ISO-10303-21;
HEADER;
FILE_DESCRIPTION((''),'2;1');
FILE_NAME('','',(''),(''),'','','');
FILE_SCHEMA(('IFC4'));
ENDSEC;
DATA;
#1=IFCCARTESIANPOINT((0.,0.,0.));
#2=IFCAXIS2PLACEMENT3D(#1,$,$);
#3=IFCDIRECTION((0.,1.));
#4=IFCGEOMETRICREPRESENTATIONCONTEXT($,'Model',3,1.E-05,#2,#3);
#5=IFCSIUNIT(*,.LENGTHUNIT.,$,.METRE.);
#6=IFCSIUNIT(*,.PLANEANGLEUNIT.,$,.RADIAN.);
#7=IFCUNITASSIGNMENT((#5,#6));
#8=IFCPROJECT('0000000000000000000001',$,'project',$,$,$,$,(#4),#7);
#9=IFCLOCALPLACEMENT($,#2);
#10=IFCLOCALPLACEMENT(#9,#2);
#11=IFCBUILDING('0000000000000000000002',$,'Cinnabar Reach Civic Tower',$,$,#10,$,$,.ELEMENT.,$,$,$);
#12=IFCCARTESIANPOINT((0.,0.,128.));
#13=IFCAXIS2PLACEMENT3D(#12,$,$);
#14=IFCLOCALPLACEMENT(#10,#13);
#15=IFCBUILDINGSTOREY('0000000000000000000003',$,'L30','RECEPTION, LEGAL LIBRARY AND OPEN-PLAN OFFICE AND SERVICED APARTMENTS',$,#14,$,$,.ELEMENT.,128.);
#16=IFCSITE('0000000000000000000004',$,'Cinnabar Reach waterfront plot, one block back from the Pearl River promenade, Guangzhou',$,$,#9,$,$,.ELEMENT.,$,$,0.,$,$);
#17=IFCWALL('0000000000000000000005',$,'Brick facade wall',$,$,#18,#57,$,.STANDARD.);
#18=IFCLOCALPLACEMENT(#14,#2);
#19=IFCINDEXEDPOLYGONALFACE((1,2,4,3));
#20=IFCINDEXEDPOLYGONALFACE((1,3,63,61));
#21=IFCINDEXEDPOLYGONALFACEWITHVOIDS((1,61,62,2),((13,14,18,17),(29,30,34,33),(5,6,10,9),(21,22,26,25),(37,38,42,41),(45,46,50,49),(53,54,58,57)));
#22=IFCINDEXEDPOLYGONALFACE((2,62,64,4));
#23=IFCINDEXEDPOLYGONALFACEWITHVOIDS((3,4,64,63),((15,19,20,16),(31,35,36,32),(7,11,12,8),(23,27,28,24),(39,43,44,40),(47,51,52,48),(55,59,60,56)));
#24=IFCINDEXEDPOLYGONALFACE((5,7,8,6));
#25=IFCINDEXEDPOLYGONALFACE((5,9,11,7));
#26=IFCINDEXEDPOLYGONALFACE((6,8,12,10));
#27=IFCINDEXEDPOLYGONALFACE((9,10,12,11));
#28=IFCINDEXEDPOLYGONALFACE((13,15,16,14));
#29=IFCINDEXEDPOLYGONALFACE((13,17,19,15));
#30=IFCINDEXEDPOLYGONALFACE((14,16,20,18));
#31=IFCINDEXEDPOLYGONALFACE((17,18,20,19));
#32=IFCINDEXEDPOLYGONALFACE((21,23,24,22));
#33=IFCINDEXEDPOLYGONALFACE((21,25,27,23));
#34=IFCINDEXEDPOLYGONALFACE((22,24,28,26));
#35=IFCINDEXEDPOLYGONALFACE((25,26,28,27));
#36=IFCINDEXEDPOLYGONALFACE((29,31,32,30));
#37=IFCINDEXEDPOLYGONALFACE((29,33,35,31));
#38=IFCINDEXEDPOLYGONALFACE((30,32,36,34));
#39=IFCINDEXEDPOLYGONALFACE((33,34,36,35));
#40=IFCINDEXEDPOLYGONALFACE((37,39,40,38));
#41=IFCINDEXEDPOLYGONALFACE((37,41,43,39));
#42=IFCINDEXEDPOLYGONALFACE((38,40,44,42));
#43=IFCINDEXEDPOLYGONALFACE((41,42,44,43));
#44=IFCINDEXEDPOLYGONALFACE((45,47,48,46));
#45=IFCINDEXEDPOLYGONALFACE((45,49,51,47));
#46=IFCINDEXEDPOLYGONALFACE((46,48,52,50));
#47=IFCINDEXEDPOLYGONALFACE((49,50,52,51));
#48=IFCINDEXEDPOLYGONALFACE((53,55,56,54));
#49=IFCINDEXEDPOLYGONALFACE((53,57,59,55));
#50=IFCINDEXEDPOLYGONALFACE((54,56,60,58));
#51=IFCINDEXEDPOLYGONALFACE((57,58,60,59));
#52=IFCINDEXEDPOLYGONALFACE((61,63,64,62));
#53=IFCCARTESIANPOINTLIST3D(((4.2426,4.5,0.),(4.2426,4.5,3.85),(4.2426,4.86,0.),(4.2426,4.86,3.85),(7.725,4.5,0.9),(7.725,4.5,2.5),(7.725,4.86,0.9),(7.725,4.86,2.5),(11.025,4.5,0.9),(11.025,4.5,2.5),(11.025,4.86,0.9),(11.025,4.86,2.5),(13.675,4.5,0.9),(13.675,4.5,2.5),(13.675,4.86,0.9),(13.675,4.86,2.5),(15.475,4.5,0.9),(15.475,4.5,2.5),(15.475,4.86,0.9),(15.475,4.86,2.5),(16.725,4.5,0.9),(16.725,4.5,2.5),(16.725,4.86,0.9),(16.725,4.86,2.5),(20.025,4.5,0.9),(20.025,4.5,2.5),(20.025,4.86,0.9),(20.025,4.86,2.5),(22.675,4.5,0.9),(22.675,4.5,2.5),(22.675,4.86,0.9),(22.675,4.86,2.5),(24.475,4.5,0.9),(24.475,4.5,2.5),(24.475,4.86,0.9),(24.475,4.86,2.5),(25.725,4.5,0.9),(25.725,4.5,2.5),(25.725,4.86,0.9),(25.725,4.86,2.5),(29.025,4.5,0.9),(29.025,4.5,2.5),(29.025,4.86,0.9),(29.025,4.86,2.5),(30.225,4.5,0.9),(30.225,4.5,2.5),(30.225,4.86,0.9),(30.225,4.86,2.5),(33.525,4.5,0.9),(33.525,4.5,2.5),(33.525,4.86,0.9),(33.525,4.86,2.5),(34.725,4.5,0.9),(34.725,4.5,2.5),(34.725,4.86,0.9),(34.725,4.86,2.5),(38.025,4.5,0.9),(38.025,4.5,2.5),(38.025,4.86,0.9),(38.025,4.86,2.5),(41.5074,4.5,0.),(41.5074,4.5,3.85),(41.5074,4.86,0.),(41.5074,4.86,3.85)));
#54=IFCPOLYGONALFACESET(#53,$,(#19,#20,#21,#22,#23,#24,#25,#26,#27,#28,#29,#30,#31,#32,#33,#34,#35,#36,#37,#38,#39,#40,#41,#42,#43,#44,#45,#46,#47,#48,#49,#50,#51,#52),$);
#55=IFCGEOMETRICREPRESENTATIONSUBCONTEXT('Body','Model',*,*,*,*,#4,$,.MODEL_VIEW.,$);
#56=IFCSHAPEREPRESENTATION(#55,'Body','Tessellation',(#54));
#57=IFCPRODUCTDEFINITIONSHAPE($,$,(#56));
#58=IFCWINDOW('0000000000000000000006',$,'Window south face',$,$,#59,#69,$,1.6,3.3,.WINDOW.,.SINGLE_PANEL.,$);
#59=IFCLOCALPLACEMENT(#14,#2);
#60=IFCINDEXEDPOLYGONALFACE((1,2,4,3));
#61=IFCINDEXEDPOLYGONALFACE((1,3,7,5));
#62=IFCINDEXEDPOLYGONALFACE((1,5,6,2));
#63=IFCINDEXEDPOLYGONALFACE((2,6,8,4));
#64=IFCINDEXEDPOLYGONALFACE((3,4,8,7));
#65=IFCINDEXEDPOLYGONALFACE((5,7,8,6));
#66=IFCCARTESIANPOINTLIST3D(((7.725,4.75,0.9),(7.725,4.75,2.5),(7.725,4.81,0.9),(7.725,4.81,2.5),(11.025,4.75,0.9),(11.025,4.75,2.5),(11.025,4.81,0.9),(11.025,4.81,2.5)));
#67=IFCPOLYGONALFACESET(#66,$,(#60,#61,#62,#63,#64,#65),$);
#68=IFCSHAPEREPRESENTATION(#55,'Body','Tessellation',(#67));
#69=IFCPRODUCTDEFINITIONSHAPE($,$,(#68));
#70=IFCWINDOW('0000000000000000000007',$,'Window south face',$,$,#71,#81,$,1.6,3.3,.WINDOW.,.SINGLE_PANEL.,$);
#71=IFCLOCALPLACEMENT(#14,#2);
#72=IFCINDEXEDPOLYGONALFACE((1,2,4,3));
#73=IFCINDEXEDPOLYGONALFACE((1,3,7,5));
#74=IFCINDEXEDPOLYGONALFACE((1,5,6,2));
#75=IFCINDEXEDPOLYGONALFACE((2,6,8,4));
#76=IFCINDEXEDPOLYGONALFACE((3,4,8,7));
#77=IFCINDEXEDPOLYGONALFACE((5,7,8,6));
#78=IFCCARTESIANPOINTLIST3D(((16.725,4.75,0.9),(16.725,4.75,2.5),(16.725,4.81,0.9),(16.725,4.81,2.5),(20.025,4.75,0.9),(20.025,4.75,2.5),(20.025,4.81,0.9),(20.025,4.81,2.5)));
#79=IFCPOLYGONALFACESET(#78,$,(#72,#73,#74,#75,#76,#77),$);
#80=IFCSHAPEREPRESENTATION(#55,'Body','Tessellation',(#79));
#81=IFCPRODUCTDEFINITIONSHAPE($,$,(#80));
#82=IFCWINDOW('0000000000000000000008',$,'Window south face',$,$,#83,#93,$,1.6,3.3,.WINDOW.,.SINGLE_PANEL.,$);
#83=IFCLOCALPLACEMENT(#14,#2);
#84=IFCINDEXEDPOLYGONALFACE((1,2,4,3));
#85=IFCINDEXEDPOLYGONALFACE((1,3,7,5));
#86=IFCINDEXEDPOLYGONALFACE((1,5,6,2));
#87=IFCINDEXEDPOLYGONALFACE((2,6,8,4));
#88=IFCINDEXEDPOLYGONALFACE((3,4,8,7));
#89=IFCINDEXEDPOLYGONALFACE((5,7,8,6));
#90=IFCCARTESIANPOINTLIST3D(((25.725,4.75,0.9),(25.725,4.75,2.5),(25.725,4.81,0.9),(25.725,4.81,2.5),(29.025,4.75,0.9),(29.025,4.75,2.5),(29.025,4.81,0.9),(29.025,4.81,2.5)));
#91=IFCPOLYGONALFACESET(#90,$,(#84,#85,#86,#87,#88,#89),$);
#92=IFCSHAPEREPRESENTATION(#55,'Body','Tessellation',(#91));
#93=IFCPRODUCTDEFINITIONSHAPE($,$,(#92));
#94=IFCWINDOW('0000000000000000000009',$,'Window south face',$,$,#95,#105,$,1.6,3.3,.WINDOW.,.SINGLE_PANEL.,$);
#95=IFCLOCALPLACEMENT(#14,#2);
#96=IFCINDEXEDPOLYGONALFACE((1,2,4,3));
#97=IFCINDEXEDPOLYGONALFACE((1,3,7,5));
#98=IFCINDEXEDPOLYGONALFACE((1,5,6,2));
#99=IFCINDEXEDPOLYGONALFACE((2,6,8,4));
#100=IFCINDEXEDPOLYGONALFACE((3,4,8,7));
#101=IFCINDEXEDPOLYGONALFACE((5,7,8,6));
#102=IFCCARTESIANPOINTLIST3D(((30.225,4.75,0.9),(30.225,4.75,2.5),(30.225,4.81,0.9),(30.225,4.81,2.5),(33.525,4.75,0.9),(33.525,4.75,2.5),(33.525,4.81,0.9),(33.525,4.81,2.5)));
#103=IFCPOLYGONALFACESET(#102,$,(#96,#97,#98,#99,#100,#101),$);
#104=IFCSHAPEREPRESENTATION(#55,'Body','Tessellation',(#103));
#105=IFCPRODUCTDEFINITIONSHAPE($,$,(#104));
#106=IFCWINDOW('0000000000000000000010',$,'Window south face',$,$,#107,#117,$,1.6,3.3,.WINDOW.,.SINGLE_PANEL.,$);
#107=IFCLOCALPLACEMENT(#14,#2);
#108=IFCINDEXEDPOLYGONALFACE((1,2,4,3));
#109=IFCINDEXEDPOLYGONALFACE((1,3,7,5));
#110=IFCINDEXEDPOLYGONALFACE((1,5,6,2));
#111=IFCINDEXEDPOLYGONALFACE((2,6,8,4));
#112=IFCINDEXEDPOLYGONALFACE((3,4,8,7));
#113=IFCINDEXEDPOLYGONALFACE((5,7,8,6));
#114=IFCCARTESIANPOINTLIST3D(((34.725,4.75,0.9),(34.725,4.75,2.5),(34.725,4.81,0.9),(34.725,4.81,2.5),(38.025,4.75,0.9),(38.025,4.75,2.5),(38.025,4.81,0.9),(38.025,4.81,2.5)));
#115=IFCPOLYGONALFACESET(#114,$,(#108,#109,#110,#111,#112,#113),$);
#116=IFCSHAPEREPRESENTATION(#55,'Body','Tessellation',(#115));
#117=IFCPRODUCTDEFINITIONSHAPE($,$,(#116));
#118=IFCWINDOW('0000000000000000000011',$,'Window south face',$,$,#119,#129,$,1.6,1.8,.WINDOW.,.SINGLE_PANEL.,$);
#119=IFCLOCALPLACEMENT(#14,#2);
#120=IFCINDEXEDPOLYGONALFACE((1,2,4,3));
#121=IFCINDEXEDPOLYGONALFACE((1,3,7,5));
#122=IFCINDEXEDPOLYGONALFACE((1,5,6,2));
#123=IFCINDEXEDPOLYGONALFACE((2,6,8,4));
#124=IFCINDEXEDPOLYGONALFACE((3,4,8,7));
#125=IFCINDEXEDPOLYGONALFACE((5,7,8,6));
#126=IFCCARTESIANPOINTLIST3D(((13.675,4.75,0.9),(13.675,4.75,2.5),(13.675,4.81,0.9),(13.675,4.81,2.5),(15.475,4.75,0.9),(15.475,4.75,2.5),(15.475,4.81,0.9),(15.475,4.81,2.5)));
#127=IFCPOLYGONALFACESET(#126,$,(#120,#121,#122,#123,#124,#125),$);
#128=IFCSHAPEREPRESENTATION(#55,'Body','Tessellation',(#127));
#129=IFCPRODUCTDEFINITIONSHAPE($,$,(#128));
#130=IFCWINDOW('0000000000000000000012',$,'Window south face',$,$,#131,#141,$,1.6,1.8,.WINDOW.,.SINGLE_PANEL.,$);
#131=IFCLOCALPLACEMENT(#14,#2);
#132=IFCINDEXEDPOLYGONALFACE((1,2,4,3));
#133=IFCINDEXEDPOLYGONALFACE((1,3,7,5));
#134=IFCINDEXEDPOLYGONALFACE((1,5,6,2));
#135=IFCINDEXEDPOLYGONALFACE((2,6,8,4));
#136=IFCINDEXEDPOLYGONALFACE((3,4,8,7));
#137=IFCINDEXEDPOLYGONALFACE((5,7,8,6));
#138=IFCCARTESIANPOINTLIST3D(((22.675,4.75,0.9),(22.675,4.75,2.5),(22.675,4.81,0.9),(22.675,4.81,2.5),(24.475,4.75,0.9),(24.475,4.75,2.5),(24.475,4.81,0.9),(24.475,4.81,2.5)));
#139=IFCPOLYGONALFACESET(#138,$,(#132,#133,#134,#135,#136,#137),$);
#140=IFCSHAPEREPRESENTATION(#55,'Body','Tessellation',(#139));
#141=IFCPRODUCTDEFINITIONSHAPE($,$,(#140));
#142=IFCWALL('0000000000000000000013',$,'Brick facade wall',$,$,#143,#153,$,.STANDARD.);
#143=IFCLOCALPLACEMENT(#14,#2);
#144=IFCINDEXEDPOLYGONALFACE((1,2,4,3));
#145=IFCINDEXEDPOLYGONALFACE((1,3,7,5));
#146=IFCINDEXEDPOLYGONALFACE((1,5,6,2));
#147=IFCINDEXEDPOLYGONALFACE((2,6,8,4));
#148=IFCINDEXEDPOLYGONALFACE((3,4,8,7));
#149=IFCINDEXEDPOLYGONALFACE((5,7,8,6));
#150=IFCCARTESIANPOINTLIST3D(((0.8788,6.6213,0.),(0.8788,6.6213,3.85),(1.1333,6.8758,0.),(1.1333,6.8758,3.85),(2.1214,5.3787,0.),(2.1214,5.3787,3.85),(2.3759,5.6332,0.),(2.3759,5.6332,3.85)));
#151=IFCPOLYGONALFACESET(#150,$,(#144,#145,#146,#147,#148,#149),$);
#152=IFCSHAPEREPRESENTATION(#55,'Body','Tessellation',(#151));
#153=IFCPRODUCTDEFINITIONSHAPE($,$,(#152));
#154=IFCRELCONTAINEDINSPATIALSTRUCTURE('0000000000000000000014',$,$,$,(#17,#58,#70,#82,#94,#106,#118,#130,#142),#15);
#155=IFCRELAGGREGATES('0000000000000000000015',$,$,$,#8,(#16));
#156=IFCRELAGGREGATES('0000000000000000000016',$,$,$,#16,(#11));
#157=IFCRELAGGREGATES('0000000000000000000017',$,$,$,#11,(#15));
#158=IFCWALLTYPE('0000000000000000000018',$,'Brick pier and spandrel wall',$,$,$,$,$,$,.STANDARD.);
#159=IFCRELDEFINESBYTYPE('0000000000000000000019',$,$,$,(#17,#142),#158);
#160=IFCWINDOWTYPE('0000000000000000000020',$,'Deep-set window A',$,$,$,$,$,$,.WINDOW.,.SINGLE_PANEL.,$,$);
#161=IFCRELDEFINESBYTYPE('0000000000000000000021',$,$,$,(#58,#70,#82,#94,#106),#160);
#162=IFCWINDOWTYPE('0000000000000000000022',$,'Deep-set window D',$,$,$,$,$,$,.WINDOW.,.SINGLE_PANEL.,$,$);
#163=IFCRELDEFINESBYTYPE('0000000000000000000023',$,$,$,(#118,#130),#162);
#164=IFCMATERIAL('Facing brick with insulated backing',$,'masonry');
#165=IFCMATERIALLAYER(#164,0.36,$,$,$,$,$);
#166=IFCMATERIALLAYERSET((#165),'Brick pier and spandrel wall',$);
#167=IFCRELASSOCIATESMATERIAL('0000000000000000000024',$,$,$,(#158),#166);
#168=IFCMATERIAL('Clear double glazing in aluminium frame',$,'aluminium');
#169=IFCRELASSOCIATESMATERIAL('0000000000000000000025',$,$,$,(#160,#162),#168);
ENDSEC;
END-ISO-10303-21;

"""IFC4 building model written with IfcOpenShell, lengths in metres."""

from ifc_helpers import new_model, si_unit, direction, frame, frame_2d, origin, place, context, subcontext, project, spatial, rectangle, extrude, material, layer, layer_set, type_object, element, fill, save


model = new_model("IFC4")

# Units and contexts
model_context = context("Model", 3, precision=1e-05, world=origin(), true_north=direction((0.0, 1.0)))
body_context = subcontext(model_context, "Body", "Model", "MODEL_VIEW")
ifc_project = project(units=[si_unit("LENGTHUNIT", "METRE"), si_unit("PLANEANGLEUNIT", "RADIAN")], contexts=[model_context])

# Site, building, storey
site_placement = place(None, origin())
site = spatial("IfcSite", under=ifc_project, at=site_placement, Name="Cinnabar Reach waterfront plot, one block back from the Pearl River promenade, Guangzhou", CompositionType="ELEMENT", RefElevation=0.0)
building_placement = place(site_placement, origin())
building = spatial("IfcBuilding", under=site, at=building_placement, Name="Cinnabar Reach Civic Tower", CompositionType="ELEMENT")
storey_placement = place(building_placement, frame((0.0, 0.0, 128.0)))
storey = spatial("IfcBuildingStorey", under=building, at=storey_placement, Name="L30", Description="RECEPTION, LEGAL LIBRARY AND OPEN-PLAN OFFICE AND SERVICED APARTMENTS", CompositionType="ELEMENT", Elevation=128.0)

# Shared definitions
ifc_material_1 = material(Name="Facing brick with insulated backing", Category="masonry")

# Wall, openings, windows
ifc_layer_1 = layer(ifc_material_1, 0.36)
ifc_layer_set_1 = layer_set([ifc_layer_1], Name="Brick pier and spandrel wall")
wall_type_1 = type_object("IfcWallType", Name="Brick pier and spandrel wall", PredefinedType="STANDARD", material=ifc_layer_set_1)
wall_1_placement = place(storey_placement, frame((4.2426, 4.68, 0.0), z_axis=(0.0, 0.0, 1.0), x_axis=(1.0, 0.0, 0.0)))
wall_1 = element("IfcWall", 1, at=wall_1_placement, inside=storey, type_object=wall_type_1, Name="Brick facade wall", PredefinedType="STANDARD", context=body_context, shape_type="SweptSolid", body=[
    extrude(rectangle(XDim=37.2648, YDim=0.36, at=frame_2d((18.6324, 0.0))), origin(), (0.0, 0.0, 1.0), 3.85),
])
opening_1_placement = place(wall_1_placement, frame((3.4824, 0.0, 0.9)))
opening_1 = element("IfcOpeningElement", 2, at=opening_1_placement, cuts=wall_1, PredefinedType="OPENING", context=body_context, shape_type="SweptSolid", body=[
    extrude(rectangle(XDim=3.3, YDim=1.6, at=frame_2d((1.65, 0.8))), frame((0.0, 0.19, 0.0), z_axis=(0.0, -1.0, 0.0), x_axis=(1.0, 0.0, 0.0)), (0.0, 0.0, 1.0), 0.38),
])
opening_2_placement = place(wall_1_placement, frame((9.4324, 0.0, 0.9)))
opening_2 = element("IfcOpeningElement", 3, at=opening_2_placement, cuts=wall_1, PredefinedType="OPENING", context=body_context, shape_type="SweptSolid", body=[
    extrude(rectangle(XDim=1.8, YDim=1.6, at=frame_2d((0.9, 0.8))), frame((0.0, 0.19, 0.0), z_axis=(0.0, -1.0, 0.0), x_axis=(1.0, 0.0, 0.0)), (0.0, 0.0, 1.0), 0.38),
])
opening_3_placement = place(wall_1_placement, frame((12.4824, 0.0, 0.9)))
opening_3 = element("IfcOpeningElement", 4, at=opening_3_placement, cuts=wall_1, PredefinedType="OPENING", context=body_context, shape_type="SweptSolid", body=[
    extrude(rectangle(XDim=3.3, YDim=1.6, at=frame_2d((1.65, 0.8))), frame((0.0, 0.19, 0.0), z_axis=(0.0, -1.0, 0.0), x_axis=(1.0, 0.0, 0.0)), (0.0, 0.0, 1.0), 0.38),
])
opening_4_placement = place(wall_1_placement, frame((18.4324, 0.0, 0.9)))
opening_4 = element("IfcOpeningElement", 5, at=opening_4_placement, cuts=wall_1, PredefinedType="OPENING", context=body_context, shape_type="SweptSolid", body=[
    extrude(rectangle(XDim=1.8, YDim=1.6, at=frame_2d((0.9, 0.8))), frame((0.0, 0.19, 0.0), z_axis=(0.0, -1.0, 0.0), x_axis=(1.0, 0.0, 0.0)), (0.0, 0.0, 1.0), 0.38),
])
opening_5_placement = place(wall_1_placement, frame((21.4824, 0.0, 0.9)))
opening_5 = element("IfcOpeningElement", 6, at=opening_5_placement, cuts=wall_1, PredefinedType="OPENING", context=body_context, shape_type="SweptSolid", body=[
    extrude(rectangle(XDim=3.3, YDim=1.6, at=frame_2d((1.65, 0.8))), frame((0.0, 0.19, 0.0), z_axis=(0.0, -1.0, 0.0), x_axis=(1.0, 0.0, 0.0)), (0.0, 0.0, 1.0), 0.38),
])
opening_6_placement = place(wall_1_placement, frame((25.9824, 0.0, 0.9)))
opening_6 = element("IfcOpeningElement", 7, at=opening_6_placement, cuts=wall_1, PredefinedType="OPENING", context=body_context, shape_type="SweptSolid", body=[
    extrude(rectangle(XDim=3.3, YDim=1.6, at=frame_2d((1.65, 0.8))), frame((0.0, 0.19, 0.0), z_axis=(0.0, -1.0, 0.0), x_axis=(1.0, 0.0, 0.0)), (0.0, 0.0, 1.0), 0.38),
])
opening_7_placement = place(wall_1_placement, frame((30.4824, 0.0, 0.9)))
opening_7 = element("IfcOpeningElement", 8, at=opening_7_placement, cuts=wall_1, PredefinedType="OPENING", context=body_context, shape_type="SweptSolid", body=[
    extrude(rectangle(XDim=3.3, YDim=1.6, at=frame_2d((1.65, 0.8))), frame((0.0, 0.19, 0.0), z_axis=(0.0, -1.0, 0.0), x_axis=(1.0, 0.0, 0.0)), (0.0, 0.0, 1.0), 0.38),
])
ifc_material_2 = material(Name="Clear double glazing in aluminium frame", Category="aluminium")
window_type_1 = type_object("IfcWindowType", Name="Deep-set window A", PartitioningType="SINGLE_PANEL", PredefinedType="WINDOW", material=ifc_material_2)
window_1_placement = place(opening_1_placement, origin())
window_1 = element("IfcWindow", 9, at=window_1_placement, inside=storey, type_object=window_type_1, Name="Window south face", OverallHeight=1.6, OverallWidth=3.3, PartitioningType="SINGLE_PANEL", PredefinedType="WINDOW", context=body_context, shape_type="SweptSolid", body=[
    extrude(rectangle(XDim=3.3, YDim=1.6, at=frame_2d((1.65, 0.8))), frame((0.0, 0.13, 0.0), z_axis=(0.0, -1.0, 0.0), x_axis=(1.0, 0.0, 0.0)), (0.0, 0.0, 1.0), 0.06),
])
fill(opening_1, window_1)
window_2_placement = place(opening_3_placement, origin())
window_2 = element("IfcWindow", 10, at=window_2_placement, inside=storey, type_object=window_type_1, Name="Window south face", OverallHeight=1.6, OverallWidth=3.3, PartitioningType="SINGLE_PANEL", PredefinedType="WINDOW", context=body_context, shape_type="SweptSolid", body=[
    extrude(rectangle(XDim=3.3, YDim=1.6, at=frame_2d((1.65, 0.8))), frame((0.0, 0.13, 0.0), z_axis=(0.0, -1.0, 0.0), x_axis=(1.0, 0.0, 0.0)), (0.0, 0.0, 1.0), 0.06),
])
fill(opening_3, window_2)
window_3_placement = place(opening_5_placement, origin())
window_3 = element("IfcWindow", 11, at=window_3_placement, inside=storey, type_object=window_type_1, Name="Window south face", OverallHeight=1.6, OverallWidth=3.3, PartitioningType="SINGLE_PANEL", PredefinedType="WINDOW", context=body_context, shape_type="SweptSolid", body=[
    extrude(rectangle(XDim=3.3, YDim=1.6, at=frame_2d((1.65, 0.8))), frame((0.0, 0.13, 0.0), z_axis=(0.0, -1.0, 0.0), x_axis=(1.0, 0.0, 0.0)), (0.0, 0.0, 1.0), 0.06),
])
fill(opening_5, window_3)
window_4_placement = place(opening_6_placement, origin())
window_4 = element("IfcWindow", 12, at=window_4_placement, inside=storey, type_object=window_type_1, Name="Window south face", OverallHeight=1.6, OverallWidth=3.3, PartitioningType="SINGLE_PANEL", PredefinedType="WINDOW", context=body_context, shape_type="SweptSolid", body=[
    extrude(rectangle(XDim=3.3, YDim=1.6, at=frame_2d((1.65, 0.8))), frame((0.0, 0.13, 0.0), z_axis=(0.0, -1.0, 0.0), x_axis=(1.0, 0.0, 0.0)), (0.0, 0.0, 1.0), 0.06),
])
fill(opening_6, window_4)
window_5_placement = place(opening_7_placement, origin())
window_5 = element("IfcWindow", 13, at=window_5_placement, inside=storey, type_object=window_type_1, Name="Window south face", OverallHeight=1.6, OverallWidth=3.3, PartitioningType="SINGLE_PANEL", PredefinedType="WINDOW", context=body_context, shape_type="SweptSolid", body=[
    extrude(rectangle(XDim=3.3, YDim=1.6, at=frame_2d((1.65, 0.8))), frame((0.0, 0.13, 0.0), z_axis=(0.0, -1.0, 0.0), x_axis=(1.0, 0.0, 0.0)), (0.0, 0.0, 1.0), 0.06),
])
fill(opening_7, window_5)
window_type_2 = type_object("IfcWindowType", Name="Deep-set window D", PartitioningType="SINGLE_PANEL", PredefinedType="WINDOW", material=ifc_material_2)
window_6_placement = place(opening_2_placement, origin())
window_6 = element("IfcWindow", 14, at=window_6_placement, inside=storey, type_object=window_type_2, Name="Window south face", OverallHeight=1.6, OverallWidth=1.8, PartitioningType="SINGLE_PANEL", PredefinedType="WINDOW", context=body_context, shape_type="SweptSolid", body=[
    extrude(rectangle(XDim=1.8, YDim=1.6, at=frame_2d((0.9, 0.8))), frame((0.0, 0.13, 0.0), z_axis=(0.0, -1.0, 0.0), x_axis=(1.0, 0.0, 0.0)), (0.0, 0.0, 1.0), 0.06),
])
fill(opening_2, window_6)
window_7_placement = place(opening_4_placement, origin())
window_7 = element("IfcWindow", 15, at=window_7_placement, inside=storey, type_object=window_type_2, Name="Window south face", OverallHeight=1.6, OverallWidth=1.8, PartitioningType="SINGLE_PANEL", PredefinedType="WINDOW", context=body_context, shape_type="SweptSolid", body=[
    extrude(rectangle(XDim=1.8, YDim=1.6, at=frame_2d((0.9, 0.8))), frame((0.0, 0.13, 0.0), z_axis=(0.0, -1.0, 0.0), x_axis=(1.0, 0.0, 0.0)), (0.0, 0.0, 1.0), 0.06),
])
fill(opening_4, window_7)

# Wall
wall_2_placement = place(storey_placement, frame((1.006, 6.7486, 0.0), z_axis=(0.0, 0.0, 1.0), x_axis=(0.707107, -0.707107, 0.0)))
element("IfcWall", 16, at=wall_2_placement, inside=storey, type_object=wall_type_1, Name="Brick facade wall", PredefinedType="STANDARD", context=body_context, shape_type="SweptSolid", body=[
    extrude(rectangle(XDim=1.7573, YDim=0.36, at=frame_2d((0.8787, 0.0))), origin(), (0.0, 0.0, 1.0), 3.85),
])

save(model, "model.ifc")
